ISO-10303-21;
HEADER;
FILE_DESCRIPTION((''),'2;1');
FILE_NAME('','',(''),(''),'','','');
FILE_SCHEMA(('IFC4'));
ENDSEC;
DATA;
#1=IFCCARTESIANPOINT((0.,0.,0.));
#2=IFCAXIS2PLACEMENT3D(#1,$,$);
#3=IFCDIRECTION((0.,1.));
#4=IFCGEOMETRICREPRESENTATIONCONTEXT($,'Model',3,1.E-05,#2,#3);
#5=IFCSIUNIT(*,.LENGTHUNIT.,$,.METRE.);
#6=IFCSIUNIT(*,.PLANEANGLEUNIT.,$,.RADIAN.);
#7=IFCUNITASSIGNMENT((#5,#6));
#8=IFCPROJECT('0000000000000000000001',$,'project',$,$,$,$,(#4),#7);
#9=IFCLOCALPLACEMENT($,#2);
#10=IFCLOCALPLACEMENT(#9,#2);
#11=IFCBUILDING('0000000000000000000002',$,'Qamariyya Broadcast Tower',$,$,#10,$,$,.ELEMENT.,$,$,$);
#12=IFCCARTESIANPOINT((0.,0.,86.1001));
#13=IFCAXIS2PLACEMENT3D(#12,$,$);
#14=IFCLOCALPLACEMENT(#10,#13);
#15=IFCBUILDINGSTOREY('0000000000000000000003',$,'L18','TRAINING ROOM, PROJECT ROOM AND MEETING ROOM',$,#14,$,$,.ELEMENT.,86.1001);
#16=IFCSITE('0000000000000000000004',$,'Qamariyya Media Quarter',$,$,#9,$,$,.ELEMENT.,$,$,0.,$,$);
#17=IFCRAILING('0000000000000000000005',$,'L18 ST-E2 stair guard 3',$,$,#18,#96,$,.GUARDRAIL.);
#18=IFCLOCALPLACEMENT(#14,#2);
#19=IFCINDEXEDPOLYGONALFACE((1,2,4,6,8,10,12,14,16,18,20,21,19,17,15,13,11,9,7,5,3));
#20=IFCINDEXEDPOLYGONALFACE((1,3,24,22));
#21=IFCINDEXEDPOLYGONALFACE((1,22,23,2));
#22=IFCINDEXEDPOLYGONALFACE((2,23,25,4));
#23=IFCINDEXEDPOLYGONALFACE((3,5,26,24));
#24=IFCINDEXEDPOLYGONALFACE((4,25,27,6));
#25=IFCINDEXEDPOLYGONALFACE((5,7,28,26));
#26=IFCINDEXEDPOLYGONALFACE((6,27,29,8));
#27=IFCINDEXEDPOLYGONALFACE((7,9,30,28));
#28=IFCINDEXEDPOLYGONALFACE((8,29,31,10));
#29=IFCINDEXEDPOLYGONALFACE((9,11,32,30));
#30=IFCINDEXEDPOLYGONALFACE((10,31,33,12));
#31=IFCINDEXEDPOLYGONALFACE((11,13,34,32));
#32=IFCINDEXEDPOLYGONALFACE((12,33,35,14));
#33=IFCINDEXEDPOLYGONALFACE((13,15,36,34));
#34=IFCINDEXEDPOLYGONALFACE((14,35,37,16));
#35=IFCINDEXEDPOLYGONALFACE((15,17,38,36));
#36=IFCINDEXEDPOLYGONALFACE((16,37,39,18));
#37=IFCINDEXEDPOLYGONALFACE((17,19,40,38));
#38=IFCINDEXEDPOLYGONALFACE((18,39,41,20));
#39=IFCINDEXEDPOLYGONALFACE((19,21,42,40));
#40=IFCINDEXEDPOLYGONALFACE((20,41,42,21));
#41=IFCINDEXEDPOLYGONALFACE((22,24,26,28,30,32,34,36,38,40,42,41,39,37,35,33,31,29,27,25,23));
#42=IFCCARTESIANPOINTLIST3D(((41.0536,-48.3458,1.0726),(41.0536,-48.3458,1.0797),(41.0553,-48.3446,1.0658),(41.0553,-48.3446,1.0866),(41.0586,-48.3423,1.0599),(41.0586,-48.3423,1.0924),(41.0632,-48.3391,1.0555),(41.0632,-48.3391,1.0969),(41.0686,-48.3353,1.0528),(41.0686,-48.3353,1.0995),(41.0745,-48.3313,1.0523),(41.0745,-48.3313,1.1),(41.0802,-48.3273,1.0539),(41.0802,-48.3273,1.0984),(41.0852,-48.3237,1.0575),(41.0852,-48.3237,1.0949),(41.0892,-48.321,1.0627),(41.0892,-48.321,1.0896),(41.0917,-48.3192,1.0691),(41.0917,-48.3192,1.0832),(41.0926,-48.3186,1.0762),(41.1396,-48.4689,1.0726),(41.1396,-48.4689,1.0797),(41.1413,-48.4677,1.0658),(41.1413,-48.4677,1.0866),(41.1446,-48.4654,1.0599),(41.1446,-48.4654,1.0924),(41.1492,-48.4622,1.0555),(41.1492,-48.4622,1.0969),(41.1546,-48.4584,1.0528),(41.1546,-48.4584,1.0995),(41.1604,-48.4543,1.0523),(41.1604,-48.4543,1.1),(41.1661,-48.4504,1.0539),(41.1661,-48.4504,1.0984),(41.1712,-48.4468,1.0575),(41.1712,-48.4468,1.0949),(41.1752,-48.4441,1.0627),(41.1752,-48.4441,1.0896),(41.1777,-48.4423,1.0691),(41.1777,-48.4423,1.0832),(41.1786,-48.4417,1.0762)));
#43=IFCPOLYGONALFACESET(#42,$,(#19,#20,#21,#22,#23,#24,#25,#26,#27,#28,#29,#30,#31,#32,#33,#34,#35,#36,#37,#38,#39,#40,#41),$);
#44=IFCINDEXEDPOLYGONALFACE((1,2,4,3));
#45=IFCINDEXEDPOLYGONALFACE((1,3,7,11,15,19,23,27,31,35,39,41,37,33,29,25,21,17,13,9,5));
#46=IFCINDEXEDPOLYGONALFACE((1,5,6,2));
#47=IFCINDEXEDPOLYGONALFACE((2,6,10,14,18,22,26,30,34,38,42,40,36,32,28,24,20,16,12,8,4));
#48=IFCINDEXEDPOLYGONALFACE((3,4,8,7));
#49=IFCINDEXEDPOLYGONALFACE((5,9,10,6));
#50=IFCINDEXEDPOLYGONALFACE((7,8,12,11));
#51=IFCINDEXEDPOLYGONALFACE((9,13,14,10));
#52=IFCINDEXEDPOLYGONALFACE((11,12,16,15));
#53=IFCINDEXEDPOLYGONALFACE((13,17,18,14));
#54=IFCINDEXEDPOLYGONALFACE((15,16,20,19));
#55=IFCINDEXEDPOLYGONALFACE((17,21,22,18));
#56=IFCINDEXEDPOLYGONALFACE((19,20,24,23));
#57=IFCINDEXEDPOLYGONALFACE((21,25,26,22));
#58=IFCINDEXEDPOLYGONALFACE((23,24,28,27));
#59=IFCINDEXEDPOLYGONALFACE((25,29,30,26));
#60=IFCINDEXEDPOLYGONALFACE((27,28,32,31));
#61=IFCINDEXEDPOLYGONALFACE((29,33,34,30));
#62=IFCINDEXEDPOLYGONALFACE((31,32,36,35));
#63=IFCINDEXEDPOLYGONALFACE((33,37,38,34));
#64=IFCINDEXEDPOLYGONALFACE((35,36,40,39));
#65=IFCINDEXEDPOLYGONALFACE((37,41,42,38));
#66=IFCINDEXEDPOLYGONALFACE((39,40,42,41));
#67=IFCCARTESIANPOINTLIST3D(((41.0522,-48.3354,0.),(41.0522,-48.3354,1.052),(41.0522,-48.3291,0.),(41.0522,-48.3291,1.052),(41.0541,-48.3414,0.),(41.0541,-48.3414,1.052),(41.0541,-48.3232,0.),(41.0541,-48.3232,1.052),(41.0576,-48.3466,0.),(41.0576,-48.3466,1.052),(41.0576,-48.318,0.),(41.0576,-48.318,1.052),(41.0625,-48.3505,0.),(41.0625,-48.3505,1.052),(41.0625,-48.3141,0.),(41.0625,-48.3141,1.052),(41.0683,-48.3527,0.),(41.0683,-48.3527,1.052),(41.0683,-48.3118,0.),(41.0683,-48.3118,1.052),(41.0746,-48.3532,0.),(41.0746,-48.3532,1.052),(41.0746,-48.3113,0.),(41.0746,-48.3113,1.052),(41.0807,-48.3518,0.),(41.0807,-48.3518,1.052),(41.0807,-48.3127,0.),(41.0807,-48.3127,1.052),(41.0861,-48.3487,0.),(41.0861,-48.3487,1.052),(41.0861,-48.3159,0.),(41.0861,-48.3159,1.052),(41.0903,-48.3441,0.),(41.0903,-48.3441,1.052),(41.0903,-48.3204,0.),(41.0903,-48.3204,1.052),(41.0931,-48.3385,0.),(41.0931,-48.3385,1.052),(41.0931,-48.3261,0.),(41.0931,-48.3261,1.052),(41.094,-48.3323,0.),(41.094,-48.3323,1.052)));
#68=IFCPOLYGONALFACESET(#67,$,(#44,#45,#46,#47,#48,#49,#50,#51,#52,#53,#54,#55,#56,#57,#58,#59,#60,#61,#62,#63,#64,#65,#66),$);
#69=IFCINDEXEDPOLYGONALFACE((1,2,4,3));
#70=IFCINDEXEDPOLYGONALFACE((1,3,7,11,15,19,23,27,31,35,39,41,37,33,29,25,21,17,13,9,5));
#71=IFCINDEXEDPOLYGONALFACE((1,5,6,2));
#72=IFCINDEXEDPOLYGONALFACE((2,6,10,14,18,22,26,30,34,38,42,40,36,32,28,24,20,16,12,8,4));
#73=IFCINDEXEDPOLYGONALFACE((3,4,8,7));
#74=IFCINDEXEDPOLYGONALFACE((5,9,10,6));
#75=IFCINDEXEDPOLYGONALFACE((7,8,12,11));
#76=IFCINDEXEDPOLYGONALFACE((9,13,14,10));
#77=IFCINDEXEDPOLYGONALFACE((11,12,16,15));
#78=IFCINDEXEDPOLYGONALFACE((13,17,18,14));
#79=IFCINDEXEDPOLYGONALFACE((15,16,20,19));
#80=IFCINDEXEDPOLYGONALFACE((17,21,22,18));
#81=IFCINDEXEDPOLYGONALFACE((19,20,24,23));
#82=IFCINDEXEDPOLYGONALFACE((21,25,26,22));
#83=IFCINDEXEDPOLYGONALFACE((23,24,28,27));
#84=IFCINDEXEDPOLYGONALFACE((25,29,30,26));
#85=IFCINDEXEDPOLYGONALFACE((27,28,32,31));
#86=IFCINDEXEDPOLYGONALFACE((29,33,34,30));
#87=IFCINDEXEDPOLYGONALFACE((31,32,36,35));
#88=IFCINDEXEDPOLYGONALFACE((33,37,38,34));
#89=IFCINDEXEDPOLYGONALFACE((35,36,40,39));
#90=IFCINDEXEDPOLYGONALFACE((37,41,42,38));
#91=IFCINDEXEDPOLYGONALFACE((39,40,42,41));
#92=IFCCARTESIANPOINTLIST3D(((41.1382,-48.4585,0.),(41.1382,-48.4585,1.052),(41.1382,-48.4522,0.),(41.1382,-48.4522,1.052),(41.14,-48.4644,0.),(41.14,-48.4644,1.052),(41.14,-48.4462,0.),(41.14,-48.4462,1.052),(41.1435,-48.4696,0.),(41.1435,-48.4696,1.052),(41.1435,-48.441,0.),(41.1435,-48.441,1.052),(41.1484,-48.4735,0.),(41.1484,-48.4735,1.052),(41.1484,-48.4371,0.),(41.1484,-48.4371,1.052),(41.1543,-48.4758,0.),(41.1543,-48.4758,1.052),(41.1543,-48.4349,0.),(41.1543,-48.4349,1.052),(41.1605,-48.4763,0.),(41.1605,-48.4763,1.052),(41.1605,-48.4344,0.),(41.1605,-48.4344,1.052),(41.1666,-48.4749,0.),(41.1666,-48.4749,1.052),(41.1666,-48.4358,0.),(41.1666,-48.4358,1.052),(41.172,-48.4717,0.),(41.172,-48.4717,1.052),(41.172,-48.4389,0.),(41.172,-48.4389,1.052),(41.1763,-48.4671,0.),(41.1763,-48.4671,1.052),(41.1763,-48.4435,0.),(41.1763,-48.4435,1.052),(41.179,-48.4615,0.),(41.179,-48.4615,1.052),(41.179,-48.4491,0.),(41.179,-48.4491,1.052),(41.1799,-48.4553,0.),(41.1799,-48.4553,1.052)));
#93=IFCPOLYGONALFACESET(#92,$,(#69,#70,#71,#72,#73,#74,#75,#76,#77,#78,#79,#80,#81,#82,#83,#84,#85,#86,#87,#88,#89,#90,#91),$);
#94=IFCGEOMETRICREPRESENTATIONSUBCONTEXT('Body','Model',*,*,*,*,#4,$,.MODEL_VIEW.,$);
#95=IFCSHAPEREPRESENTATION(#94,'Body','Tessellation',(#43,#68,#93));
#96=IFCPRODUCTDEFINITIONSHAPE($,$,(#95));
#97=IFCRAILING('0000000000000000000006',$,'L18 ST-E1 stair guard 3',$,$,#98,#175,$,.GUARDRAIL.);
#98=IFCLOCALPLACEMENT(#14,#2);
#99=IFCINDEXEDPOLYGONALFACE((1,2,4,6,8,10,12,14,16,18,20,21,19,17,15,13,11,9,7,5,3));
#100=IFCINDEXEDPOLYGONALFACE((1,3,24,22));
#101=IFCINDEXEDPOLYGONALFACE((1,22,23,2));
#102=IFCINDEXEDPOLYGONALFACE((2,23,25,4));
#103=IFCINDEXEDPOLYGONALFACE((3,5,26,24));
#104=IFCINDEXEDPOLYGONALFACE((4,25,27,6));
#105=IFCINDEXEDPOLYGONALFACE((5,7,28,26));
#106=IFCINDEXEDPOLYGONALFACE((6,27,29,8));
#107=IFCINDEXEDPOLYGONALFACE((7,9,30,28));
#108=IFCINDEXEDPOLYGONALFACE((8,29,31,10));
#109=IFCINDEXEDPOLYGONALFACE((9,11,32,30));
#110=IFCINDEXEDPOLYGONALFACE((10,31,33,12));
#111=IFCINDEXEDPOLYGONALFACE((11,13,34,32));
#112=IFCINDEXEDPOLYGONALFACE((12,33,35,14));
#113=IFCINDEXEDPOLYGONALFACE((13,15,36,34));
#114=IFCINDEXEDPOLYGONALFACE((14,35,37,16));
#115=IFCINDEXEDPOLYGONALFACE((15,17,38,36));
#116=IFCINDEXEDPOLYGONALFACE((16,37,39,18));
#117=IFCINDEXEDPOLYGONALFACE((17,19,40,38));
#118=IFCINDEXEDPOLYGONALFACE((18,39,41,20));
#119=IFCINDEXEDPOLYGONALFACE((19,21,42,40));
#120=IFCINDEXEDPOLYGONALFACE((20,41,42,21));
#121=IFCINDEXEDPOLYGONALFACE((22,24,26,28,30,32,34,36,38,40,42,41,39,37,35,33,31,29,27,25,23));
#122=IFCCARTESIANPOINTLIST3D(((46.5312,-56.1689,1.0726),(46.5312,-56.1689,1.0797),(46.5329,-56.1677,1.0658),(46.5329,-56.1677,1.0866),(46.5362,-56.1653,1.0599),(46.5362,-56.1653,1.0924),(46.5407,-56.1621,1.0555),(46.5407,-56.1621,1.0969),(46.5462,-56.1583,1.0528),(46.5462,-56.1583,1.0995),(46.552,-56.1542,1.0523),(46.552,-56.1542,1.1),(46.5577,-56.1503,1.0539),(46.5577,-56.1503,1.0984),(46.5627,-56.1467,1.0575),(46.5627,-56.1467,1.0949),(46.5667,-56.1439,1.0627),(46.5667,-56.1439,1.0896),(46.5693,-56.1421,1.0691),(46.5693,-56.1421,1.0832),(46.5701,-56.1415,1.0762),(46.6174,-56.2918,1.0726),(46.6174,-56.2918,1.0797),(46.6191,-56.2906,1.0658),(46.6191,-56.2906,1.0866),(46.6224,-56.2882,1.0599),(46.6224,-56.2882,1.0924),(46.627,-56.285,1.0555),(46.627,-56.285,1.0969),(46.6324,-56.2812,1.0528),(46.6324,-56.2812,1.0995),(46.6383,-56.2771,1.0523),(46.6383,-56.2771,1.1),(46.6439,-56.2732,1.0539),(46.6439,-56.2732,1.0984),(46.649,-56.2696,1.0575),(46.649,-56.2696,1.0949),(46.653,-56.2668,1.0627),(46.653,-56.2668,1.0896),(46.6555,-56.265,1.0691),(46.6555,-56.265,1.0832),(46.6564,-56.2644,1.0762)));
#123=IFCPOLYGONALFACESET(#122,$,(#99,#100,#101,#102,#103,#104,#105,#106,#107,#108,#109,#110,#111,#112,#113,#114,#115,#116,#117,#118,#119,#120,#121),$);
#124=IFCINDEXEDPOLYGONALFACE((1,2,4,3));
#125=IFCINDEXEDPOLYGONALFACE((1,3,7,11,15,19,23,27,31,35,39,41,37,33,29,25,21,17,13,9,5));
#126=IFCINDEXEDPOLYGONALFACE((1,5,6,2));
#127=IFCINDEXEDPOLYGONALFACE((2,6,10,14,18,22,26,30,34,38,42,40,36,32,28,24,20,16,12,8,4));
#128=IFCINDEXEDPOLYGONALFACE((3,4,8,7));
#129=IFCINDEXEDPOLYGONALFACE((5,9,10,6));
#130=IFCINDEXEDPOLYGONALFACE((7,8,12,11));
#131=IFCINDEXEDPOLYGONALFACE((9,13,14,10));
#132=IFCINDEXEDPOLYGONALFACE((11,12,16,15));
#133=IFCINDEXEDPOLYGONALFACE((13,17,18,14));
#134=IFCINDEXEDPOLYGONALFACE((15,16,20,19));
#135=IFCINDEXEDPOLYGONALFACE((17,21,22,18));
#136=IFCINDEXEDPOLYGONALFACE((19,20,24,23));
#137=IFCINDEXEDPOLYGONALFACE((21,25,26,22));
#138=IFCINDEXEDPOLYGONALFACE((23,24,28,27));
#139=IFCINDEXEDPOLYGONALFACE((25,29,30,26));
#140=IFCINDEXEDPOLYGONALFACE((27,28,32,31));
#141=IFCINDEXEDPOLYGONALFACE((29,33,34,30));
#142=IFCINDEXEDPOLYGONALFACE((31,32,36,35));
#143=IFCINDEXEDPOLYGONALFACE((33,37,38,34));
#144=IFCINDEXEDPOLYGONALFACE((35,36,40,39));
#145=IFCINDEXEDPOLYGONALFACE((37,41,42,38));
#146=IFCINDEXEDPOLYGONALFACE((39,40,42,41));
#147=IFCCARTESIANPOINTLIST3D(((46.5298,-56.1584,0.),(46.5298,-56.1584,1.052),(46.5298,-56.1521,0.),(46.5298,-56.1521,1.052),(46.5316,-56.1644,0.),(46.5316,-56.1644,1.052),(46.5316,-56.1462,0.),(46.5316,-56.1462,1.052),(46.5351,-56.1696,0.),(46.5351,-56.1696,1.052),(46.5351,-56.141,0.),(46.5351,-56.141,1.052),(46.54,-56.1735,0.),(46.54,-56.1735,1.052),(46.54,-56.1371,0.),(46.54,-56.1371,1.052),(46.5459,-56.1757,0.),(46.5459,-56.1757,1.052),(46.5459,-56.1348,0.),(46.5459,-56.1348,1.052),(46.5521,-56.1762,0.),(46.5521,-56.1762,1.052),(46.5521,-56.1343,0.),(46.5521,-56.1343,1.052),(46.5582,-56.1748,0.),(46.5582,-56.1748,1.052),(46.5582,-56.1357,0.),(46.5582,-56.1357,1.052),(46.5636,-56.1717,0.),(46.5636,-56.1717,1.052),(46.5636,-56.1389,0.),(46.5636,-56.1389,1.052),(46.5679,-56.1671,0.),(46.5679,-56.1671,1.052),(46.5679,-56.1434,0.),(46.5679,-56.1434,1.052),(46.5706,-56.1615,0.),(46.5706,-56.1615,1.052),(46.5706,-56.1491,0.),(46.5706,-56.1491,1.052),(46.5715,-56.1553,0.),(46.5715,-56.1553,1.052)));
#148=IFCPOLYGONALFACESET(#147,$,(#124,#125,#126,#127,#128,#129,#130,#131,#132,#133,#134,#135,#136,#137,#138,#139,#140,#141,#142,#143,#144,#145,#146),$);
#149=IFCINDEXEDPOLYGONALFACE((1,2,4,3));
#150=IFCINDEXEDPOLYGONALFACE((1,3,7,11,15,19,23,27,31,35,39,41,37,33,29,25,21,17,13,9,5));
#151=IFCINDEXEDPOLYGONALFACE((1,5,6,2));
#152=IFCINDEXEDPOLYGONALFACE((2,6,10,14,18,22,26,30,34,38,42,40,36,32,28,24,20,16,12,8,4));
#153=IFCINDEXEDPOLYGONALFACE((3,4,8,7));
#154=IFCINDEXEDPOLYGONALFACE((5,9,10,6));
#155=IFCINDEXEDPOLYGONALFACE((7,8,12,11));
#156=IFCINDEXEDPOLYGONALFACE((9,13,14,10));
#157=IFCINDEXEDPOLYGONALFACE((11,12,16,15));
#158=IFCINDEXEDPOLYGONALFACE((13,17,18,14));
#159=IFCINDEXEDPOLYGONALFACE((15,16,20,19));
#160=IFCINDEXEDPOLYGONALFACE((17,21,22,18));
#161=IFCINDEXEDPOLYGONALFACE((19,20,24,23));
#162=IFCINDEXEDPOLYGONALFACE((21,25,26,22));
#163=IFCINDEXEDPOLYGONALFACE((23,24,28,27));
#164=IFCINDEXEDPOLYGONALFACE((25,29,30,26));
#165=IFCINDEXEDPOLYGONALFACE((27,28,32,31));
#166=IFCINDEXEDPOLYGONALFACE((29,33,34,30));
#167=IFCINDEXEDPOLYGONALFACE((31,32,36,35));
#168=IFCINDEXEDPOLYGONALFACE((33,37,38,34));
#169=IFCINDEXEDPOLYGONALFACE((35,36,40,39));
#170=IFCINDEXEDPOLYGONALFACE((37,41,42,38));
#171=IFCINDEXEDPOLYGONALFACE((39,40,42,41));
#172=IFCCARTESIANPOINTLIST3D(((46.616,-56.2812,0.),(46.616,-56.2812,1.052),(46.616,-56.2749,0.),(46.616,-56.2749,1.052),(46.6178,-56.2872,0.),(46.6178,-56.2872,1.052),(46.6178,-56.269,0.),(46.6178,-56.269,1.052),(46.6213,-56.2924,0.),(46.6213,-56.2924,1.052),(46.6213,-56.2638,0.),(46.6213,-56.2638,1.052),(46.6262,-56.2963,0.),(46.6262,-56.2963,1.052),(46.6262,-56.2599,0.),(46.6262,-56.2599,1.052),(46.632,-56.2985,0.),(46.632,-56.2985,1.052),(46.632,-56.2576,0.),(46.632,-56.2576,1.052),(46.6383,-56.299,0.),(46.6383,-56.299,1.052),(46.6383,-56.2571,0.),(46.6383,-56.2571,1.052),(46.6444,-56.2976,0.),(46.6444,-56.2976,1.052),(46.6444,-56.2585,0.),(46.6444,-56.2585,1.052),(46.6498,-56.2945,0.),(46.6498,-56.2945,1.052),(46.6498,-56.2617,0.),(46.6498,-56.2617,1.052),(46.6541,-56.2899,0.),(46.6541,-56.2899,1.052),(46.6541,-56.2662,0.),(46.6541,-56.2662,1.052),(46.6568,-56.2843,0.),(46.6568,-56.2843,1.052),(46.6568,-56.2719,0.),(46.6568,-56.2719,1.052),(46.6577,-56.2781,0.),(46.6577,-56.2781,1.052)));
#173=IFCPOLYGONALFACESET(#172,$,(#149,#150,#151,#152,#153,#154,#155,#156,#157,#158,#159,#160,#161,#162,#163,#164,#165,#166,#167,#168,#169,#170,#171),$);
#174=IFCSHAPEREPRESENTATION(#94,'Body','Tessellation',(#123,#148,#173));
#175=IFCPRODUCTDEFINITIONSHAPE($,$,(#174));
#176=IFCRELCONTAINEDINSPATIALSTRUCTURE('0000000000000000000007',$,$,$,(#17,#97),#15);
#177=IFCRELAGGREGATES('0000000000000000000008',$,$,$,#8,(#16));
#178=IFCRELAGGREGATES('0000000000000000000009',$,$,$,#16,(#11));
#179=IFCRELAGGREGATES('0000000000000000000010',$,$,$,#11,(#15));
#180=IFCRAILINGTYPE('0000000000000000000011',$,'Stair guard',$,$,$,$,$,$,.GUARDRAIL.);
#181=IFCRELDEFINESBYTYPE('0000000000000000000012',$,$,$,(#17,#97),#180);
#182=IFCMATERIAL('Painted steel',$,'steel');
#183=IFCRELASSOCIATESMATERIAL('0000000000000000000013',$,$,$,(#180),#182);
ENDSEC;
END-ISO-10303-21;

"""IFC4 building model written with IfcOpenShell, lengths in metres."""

from ifc_helpers import new_model, si_unit, direction, frame, origin, origin_2d, place, context, subcontext, project, spatial, circle, extrude, material, type_object, element, save


model = new_model("IFC4")

# Units and contexts
model_context = context("Model", 3, precision=1e-05, world=origin(), true_north=direction((0.0, 1.0)))
body_context = subcontext(model_context, "Body", "Model", "MODEL_VIEW")
ifc_project = project(units=[si_unit("LENGTHUNIT", "METRE"), si_unit("PLANEANGLEUNIT", "RADIAN")], contexts=[model_context])

# Site, building, storey
site_placement = place(None, origin())
site = spatial("IfcSite", under=ifc_project, at=site_placement, Name="Qamariyya Media Quarter", CompositionType="ELEMENT", RefElevation=0.0)
building_placement = place(site_placement, origin())
building = spatial("IfcBuilding", under=site, at=building_placement, Name="Qamariyya Broadcast Tower", CompositionType="ELEMENT")
storey_placement = place(building_placement, frame((0.0, 0.0, 86.1001)))
storey = spatial("IfcBuildingStorey", under=building, at=storey_placement, Name="L18", Description="TRAINING ROOM, PROJECT ROOM AND MEETING ROOM", CompositionType="ELEMENT", Elevation=86.1001)

# Railings
ifc_material_1 = material(Name="Painted steel", Category="steel")
railing_type_1 = type_object("IfcRailingType", Name="Stair guard", PredefinedType="GUARDRAIL", material=ifc_material_1)
railing_1_placement = place(storey_placement, frame((41.073, -48.3323, 0.0)))
element("IfcRailing", 1, at=railing_1_placement, inside=storey, type_object=railing_type_1, Name="L18 ST-E2 stair guard 3", PredefinedType="GUARDRAIL", context=body_context, shape_type="SweptSolid", body=[
    extrude(circle(Radius=0.0239, at=origin_2d()), frame((0.0, 0.0, 1.0762), z_axis=(0.572589, -0.819843, 0.0), x_axis=(0.819843, 0.572589, 0.0)), (0.0, 0.0, 1.0), 0.1501),
    extrude(circle(Radius=0.021, at=origin_2d()), origin(), (0.0, 0.0, 1.0), 1.052),
    extrude(circle(Radius=0.021, at=origin_2d()), frame((0.0859, -0.123, 0.0)), (0.0, 0.0, 1.0), 1.052),
])
railing_2_placement = place(storey_placement, frame((46.5505, -56.1553, 0.0)))
element("IfcRailing", 2, at=railing_2_placement, inside=storey, type_object=railing_type_1, Name="L18 ST-E1 stair guard 3", PredefinedType="GUARDRAIL", context=body_context, shape_type="SweptSolid", body=[
    extrude(circle(Radius=0.0239, at=origin_2d()), frame((0.0, 0.0, 1.0762), z_axis=(0.574445, -0.818543, 0.0), x_axis=(0.818543, 0.574445, 0.0)), (0.0, 0.0, 1.0), 0.1501),
    extrude(circle(Radius=0.021, at=origin_2d()), origin(), (0.0, 0.0, 1.0), 1.052),
    extrude(circle(Radius=0.021, at=origin_2d()), frame((0.0862, -0.1228, 0.0)), (0.0, 0.0, 1.0), 1.052),
])

save(model, "model.ifc")
